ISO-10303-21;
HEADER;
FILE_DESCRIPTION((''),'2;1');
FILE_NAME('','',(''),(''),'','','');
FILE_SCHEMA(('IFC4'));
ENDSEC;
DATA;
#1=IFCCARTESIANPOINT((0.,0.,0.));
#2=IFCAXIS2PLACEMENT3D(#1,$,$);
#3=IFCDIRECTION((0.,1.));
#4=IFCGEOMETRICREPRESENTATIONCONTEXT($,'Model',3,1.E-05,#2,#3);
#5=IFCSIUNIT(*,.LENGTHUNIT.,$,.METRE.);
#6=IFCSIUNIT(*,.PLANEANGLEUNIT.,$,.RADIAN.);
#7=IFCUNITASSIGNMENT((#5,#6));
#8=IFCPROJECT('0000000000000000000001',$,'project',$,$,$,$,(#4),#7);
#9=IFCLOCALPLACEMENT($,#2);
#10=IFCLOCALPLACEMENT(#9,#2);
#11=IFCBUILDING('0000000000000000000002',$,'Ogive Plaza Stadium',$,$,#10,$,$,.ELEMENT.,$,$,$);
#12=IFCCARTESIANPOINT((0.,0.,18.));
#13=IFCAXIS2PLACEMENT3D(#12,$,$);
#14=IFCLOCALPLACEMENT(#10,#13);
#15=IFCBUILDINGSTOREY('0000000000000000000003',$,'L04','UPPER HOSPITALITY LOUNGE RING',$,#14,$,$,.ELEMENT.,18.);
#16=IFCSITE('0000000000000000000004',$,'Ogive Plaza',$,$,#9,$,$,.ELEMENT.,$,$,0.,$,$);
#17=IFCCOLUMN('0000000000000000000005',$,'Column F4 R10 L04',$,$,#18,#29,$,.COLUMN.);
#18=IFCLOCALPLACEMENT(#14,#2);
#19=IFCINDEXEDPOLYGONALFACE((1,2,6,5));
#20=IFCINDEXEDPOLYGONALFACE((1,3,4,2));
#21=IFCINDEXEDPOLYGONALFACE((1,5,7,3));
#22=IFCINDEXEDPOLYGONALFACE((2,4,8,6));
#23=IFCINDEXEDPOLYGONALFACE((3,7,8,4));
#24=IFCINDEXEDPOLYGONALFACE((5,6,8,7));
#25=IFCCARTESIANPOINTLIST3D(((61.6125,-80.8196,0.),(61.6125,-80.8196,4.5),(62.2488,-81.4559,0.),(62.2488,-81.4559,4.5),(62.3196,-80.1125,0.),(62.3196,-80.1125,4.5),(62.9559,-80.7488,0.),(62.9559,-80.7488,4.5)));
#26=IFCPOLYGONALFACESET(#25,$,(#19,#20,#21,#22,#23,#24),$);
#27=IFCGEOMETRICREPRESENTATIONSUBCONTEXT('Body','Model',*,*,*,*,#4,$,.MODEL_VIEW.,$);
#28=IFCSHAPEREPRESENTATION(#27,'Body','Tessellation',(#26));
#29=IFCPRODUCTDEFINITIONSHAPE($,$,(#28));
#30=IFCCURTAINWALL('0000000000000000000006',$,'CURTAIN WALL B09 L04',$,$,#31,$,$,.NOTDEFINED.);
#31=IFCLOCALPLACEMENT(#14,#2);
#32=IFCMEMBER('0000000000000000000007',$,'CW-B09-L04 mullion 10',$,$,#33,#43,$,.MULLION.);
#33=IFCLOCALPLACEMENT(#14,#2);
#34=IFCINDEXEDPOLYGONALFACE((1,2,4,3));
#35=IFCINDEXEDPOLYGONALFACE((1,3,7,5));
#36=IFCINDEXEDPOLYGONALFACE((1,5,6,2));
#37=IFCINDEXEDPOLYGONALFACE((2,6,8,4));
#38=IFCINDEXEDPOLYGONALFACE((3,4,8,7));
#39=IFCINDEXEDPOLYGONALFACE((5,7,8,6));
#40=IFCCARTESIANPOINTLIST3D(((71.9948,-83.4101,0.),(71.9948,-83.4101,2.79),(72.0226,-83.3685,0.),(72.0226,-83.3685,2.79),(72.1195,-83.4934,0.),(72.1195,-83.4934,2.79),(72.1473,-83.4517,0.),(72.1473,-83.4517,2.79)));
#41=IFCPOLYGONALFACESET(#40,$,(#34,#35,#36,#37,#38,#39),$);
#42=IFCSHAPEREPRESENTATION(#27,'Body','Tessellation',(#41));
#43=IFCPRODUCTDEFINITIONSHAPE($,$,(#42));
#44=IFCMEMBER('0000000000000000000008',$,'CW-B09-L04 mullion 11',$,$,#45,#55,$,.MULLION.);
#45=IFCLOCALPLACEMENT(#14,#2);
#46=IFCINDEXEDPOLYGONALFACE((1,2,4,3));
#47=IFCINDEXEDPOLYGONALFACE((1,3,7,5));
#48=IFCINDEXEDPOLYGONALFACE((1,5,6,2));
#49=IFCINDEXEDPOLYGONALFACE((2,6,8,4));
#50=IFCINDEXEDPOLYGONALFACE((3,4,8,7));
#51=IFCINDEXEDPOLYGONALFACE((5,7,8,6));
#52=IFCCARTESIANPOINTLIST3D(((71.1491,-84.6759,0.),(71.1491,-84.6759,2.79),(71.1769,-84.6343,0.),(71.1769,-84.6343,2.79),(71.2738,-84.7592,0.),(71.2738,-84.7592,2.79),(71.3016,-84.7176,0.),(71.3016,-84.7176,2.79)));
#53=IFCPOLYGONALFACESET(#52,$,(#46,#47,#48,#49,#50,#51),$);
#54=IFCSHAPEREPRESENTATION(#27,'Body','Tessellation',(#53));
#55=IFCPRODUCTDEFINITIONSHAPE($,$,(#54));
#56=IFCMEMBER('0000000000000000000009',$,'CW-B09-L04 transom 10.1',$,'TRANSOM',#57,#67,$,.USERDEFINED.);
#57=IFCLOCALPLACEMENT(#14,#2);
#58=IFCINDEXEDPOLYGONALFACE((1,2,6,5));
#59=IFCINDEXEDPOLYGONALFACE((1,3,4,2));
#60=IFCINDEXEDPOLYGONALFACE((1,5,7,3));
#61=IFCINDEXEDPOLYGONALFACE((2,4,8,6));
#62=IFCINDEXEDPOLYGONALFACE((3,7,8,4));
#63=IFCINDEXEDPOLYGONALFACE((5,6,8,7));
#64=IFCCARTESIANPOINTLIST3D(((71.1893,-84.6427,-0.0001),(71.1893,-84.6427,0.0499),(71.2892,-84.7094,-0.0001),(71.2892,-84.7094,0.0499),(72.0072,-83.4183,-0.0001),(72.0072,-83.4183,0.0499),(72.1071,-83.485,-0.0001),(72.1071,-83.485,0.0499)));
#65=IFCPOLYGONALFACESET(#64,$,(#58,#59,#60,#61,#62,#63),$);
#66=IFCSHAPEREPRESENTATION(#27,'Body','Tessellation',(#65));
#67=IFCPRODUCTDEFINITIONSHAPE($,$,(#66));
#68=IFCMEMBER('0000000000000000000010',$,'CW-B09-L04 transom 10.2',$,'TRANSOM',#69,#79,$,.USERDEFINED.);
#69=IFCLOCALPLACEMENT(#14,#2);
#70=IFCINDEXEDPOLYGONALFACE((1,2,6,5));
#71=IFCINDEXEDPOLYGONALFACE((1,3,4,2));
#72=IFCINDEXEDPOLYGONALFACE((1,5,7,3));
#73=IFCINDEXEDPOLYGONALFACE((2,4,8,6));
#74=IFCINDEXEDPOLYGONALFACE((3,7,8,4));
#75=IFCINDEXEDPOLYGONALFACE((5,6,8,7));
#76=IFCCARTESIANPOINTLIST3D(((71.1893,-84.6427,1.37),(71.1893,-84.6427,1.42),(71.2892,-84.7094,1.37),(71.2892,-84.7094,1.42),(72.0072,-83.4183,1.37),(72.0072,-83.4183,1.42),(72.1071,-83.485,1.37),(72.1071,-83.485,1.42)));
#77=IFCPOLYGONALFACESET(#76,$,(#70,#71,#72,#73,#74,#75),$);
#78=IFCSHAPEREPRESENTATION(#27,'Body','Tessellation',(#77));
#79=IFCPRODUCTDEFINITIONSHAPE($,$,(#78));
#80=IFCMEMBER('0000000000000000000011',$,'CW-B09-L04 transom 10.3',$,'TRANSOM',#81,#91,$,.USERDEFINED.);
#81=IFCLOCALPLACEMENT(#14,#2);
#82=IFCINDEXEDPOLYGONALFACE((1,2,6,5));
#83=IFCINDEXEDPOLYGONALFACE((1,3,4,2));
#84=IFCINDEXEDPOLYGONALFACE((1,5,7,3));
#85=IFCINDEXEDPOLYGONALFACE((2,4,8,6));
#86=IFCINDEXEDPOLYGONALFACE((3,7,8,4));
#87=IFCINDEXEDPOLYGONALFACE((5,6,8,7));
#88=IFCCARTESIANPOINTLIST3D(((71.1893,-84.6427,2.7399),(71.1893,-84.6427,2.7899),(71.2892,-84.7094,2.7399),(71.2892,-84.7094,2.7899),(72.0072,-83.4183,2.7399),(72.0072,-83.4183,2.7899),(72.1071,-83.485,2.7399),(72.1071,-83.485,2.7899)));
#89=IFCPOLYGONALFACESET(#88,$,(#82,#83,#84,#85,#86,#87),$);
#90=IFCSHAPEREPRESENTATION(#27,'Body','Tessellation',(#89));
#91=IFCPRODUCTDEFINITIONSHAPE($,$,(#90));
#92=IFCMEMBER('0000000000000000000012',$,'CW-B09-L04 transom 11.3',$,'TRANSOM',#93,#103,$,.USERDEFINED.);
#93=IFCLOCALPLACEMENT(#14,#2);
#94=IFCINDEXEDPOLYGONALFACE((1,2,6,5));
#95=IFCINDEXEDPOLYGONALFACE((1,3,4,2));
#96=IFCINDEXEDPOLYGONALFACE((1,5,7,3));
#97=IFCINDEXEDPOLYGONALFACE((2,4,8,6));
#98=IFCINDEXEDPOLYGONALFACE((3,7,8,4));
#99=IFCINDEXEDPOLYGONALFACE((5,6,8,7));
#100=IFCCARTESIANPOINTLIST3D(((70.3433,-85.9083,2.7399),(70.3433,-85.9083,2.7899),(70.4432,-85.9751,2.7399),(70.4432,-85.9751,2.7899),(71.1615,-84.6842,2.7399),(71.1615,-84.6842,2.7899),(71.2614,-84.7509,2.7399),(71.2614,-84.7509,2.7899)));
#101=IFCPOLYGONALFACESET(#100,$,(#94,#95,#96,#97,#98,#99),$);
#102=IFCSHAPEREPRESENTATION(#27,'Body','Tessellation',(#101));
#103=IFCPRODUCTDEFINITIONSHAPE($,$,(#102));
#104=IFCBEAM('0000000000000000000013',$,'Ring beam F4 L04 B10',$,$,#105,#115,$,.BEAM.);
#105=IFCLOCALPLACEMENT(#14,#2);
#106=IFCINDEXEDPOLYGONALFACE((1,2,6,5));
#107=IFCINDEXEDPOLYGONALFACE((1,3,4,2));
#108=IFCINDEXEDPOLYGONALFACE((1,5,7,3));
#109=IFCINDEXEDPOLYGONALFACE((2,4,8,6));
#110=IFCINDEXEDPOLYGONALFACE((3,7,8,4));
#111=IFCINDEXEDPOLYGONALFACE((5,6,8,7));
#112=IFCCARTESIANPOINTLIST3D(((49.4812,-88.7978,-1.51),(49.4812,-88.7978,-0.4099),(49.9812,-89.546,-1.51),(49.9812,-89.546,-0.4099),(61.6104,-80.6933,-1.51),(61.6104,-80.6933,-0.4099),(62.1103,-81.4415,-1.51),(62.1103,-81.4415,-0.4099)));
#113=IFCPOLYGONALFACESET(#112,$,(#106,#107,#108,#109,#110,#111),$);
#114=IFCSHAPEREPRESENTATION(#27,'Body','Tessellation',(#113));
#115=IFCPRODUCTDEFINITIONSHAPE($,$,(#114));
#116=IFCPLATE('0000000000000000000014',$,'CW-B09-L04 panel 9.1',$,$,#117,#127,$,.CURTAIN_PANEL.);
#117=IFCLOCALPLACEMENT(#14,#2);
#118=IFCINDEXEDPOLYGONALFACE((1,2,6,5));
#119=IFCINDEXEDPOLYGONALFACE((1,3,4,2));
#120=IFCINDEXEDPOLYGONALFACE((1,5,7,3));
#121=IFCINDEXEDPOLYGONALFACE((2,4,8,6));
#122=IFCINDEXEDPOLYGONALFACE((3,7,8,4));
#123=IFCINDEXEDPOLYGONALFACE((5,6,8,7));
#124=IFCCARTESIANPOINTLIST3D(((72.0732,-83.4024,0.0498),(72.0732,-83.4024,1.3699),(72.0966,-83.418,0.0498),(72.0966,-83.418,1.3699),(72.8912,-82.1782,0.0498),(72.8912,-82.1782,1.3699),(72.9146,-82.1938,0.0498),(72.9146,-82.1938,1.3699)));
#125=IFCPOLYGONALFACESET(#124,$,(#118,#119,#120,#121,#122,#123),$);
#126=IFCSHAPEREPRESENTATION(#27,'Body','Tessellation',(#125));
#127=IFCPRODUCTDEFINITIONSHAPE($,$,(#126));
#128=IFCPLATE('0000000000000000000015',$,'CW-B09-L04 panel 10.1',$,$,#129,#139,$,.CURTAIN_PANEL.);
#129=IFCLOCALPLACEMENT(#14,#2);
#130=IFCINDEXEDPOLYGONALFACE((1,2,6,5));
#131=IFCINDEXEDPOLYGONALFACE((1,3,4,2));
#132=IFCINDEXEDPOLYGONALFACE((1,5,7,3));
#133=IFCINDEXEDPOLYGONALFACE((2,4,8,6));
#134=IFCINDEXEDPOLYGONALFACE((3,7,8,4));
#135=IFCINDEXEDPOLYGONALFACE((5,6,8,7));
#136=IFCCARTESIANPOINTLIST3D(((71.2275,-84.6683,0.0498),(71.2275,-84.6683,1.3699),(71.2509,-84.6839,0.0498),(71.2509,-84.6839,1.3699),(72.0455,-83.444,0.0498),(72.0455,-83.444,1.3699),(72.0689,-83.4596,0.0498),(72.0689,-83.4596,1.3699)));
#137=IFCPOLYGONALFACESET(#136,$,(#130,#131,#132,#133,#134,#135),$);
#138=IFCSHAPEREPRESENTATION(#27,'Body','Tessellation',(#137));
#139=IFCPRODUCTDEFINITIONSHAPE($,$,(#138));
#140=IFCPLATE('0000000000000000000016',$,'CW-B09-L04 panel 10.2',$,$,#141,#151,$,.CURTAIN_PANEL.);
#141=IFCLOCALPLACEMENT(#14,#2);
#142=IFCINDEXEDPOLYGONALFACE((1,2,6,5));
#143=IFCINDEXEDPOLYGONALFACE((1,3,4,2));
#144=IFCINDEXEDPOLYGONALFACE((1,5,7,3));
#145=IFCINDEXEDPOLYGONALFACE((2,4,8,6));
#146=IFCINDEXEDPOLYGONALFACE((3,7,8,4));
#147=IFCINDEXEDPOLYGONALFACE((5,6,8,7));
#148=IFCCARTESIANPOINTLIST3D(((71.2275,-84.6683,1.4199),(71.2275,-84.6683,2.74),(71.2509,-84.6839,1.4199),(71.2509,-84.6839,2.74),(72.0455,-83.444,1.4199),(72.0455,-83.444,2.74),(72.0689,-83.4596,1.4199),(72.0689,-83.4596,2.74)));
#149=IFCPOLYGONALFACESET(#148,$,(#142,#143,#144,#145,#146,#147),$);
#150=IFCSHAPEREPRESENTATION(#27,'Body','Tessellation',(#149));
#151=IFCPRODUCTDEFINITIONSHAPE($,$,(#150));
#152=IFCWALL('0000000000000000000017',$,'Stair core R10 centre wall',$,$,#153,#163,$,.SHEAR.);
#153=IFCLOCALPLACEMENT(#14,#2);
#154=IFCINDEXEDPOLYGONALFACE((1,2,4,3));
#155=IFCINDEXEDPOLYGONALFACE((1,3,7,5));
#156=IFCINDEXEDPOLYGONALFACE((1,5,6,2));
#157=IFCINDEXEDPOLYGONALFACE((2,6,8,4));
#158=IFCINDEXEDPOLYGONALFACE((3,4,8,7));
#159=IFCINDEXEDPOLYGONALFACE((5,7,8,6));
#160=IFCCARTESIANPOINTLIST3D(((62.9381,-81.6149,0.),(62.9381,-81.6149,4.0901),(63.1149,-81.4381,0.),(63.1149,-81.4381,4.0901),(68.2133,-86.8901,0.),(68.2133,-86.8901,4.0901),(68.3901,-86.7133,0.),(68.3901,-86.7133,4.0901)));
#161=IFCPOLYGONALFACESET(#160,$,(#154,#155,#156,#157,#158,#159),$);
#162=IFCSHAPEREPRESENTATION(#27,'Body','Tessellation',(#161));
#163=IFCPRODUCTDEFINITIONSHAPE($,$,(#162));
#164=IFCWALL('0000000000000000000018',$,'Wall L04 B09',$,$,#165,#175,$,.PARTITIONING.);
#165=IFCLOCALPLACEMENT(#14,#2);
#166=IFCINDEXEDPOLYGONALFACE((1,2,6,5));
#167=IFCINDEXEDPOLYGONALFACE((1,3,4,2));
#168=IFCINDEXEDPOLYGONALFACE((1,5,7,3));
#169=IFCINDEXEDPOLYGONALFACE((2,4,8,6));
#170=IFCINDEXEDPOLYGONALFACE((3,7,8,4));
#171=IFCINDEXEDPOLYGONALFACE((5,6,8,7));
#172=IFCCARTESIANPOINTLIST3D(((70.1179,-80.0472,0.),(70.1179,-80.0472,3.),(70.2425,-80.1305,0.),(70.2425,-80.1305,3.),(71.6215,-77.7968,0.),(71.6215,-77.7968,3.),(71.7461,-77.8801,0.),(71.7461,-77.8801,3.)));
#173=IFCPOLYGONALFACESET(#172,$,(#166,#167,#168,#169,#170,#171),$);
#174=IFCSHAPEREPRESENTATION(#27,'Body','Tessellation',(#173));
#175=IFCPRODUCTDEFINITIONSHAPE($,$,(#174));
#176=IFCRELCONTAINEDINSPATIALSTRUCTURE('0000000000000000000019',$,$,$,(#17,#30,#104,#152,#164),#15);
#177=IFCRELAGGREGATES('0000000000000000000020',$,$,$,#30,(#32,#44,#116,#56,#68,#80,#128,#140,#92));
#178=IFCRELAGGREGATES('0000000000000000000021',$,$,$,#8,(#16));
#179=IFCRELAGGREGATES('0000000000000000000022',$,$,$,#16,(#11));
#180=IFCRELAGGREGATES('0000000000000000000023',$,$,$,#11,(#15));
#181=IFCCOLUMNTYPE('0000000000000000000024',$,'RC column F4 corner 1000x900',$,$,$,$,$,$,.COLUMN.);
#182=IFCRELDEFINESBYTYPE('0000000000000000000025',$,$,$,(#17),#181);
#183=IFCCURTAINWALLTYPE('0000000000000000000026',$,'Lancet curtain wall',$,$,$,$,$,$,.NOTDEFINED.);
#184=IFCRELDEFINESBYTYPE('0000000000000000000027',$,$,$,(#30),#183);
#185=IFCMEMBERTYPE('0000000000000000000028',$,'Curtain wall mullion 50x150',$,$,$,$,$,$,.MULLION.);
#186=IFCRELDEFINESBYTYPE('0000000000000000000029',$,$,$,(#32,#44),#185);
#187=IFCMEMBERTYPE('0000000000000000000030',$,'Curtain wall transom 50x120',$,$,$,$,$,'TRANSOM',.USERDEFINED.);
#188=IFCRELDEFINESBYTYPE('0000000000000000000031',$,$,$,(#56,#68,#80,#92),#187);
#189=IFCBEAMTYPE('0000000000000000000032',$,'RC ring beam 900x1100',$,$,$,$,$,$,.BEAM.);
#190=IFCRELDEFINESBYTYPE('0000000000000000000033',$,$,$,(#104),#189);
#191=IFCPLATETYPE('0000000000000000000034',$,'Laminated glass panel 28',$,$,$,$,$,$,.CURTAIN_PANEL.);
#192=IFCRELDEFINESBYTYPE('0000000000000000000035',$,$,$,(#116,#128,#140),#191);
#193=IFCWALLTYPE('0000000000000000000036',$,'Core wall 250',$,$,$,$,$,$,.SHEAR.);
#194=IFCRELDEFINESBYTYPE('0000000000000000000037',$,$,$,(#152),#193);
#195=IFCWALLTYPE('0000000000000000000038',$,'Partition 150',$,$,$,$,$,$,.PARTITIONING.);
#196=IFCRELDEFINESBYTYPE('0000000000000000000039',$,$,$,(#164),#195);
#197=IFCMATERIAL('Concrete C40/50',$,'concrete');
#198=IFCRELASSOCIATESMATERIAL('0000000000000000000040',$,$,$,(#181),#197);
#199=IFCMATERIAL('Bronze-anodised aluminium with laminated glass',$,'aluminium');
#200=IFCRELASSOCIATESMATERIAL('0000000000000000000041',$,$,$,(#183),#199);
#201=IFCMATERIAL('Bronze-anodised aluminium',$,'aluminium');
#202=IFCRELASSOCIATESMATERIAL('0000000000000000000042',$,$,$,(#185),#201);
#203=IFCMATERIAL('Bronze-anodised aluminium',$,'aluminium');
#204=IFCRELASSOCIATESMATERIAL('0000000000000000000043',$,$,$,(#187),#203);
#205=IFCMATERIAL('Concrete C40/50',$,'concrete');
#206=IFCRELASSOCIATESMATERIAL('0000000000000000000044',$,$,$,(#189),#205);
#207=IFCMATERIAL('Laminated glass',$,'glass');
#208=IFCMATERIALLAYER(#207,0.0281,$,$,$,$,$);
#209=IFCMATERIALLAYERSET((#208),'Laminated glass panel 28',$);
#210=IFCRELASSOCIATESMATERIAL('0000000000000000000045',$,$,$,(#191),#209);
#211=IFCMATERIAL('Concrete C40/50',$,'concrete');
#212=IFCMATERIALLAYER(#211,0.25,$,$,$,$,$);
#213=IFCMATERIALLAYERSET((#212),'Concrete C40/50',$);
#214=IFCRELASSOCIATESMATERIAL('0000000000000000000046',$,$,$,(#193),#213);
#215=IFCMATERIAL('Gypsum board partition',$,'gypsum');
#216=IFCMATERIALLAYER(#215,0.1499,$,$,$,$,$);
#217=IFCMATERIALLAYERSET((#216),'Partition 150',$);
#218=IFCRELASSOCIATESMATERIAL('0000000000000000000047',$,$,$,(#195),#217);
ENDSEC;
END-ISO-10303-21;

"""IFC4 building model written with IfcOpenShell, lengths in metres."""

from ifc_helpers import new_model, si_unit, direction, frame, frame_2d, origin, origin_2d, place, context, subcontext, project, spatial, rectangle, extrude, material, layer, layer_set, material_profile, profile_set, type_object, element, aggregate, save


model = new_model("IFC4")

# Units and contexts
model_context = context("Model", 3, precision=1e-05, world=origin(), true_north=direction((0.0, 1.0)))
body_context = subcontext(model_context, "Body", "Model", "MODEL_VIEW")
ifc_project = project(units=[si_unit("LENGTHUNIT", "METRE"), si_unit("PLANEANGLEUNIT", "RADIAN")], contexts=[model_context])

# Site, building, storey
site_placement = place(None, origin())
site = spatial("IfcSite", under=ifc_project, at=site_placement, Name="Ogive Plaza", CompositionType="ELEMENT", RefElevation=0.0)
building_placement = place(site_placement, origin())
building = spatial("IfcBuilding", under=site, at=building_placement, Name="Ogive Plaza Stadium", CompositionType="ELEMENT")
storey_placement = place(building_placement, frame((0.0, 0.0, 18.0)))
storey = spatial("IfcBuildingStorey", under=building, at=storey_placement, Name="L04", Description="UPPER HOSPITALITY LOUNGE RING", CompositionType="ELEMENT", Elevation=18.0)

# Column
ifc_material_1 = material(Name="Concrete C40/50", Category="concrete")
ifc_material_profile_1 = material_profile(ifc_material_1, rectangle(XDim=1.0, YDim=0.8999, at=origin_2d()), Name="RC 1000x900")
ifc_profile_set_1 = profile_set([ifc_material_profile_1], Name="Concrete C40/50")
column_type = type_object("IfcColumnType", Name="RC column F4 corner 1000x900", PredefinedType="COLUMN", material=ifc_profile_set_1)
column_placement = place(storey_placement, frame((62.2842, -80.7842, 0.0), z_axis=(0.0, 0.0, 1.0), x_axis=(0.707107, 0.707107, 0.0)))
element("IfcColumn", 1, at=column_placement, inside=storey, type_object=column_type, Name="Column F4 R10 L04", PredefinedType="COLUMN", context=body_context, shape_type="SweptSolid", body=[
    extrude(rectangle(XDim=1.0, YDim=0.8999, at=origin_2d()), origin(), (0.0, 0.0, 1.0), 4.5),
])

# Curtain wall, members
ifc_material_2 = material(Name="Bronze-anodised aluminium with laminated glass", Category="aluminium")
curtain_wall_type = type_object("IfcCurtainWallType", Name="Lancet curtain wall", PredefinedType="NOTDEFINED", material=ifc_material_2)
curtain_wall_placement = place(storey_placement, origin())
curtain_wall = element("IfcCurtainWall", 2, at=curtain_wall_placement, inside=storey, type_object=curtain_wall_type, Name="CURTAIN WALL B09 L04", PredefinedType="NOTDEFINED")
ifc_material_3 = material(Name="Bronze-anodised aluminium", Category="aluminium")
ifc_material_profile_2 = material_profile(ifc_material_3, rectangle(XDim=0.1499, YDim=0.05, at=origin_2d()), Name="AL 150x50")
ifc_profile_set_2 = profile_set([ifc_material_profile_2], Name="Bronze-anodised aluminium")
member_type_1 = type_object("IfcMemberType", Name="Curtain wall mullion 50x150", PredefinedType="MULLION", material=ifc_profile_set_2)
member_1_placement = place(storey_placement, frame((72.071, -83.4309, 0.0), z_axis=(0.0, 0.0, 1.0), x_axis=(0.83147, -0.55557, 0.0)))
member_1 = element("IfcMember", 3, at=member_1_placement, type_object=member_type_1, Name="CW-B09-L04 mullion 10", PredefinedType="MULLION", context=body_context, shape_type="SweptSolid", body=[
    extrude(rectangle(XDim=0.1499, YDim=0.05, at=origin_2d()), origin(), (0.0, 0.0, 1.0), 2.79),
])
member_2_placement = place(storey_placement, frame((71.2253, -84.6968, 0.0), z_axis=(0.0, 0.0, 1.0), x_axis=(0.83147, -0.55557, 0.0)))
member_2 = element("IfcMember", 4, at=member_2_placement, type_object=member_type_1, Name="CW-B09-L04 mullion 11", PredefinedType="MULLION", context=body_context, shape_type="SweptSolid", body=[
    extrude(rectangle(XDim=0.1499, YDim=0.05, at=origin_2d()), origin(), (0.0, 0.0, 1.0), 2.79),
])
ifc_material_4 = material(Name="Bronze-anodised aluminium", Category="aluminium")
ifc_material_profile_3 = material_profile(ifc_material_4, rectangle(XDim=0.1201, YDim=0.05, at=origin_2d()), Name="AL 120x50")
ifc_profile_set_3 = profile_set([ifc_material_profile_3], Name="Bronze-anodised aluminium")
member_type_2 = type_object("IfcMemberType", Name="Curtain wall transom 50x120", ElementType="TRANSOM", PredefinedType="USERDEFINED", material=ifc_profile_set_3)
member_3_placement = place(storey_placement, frame((72.0571, -83.4517, 0.0249), z_axis=(-0.555465, -0.83154, 0.0), x_axis=(0.83154, -0.555465, 0.0)))
member_3 = element("IfcMember", 5, at=member_3_placement, type_object=member_type_2, Name="CW-B09-L04 transom 10.1", ObjectType="TRANSOM", PredefinedType="USERDEFINED", context=body_context, shape_type="SweptSolid", body=[
    extrude(rectangle(XDim=0.1201, YDim=0.05, at=origin_2d()), origin(), (0.0, 0.0, 1.0), 1.4724),
])
member_4_placement = place(storey_placement, frame((72.0571, -83.4517, 1.395), z_axis=(-0.555465, -0.83154, 0.0), x_axis=(0.83154, -0.555465, 0.0)))
member_4 = element("IfcMember", 6, at=member_4_placement, type_object=member_type_2, Name="CW-B09-L04 transom 10.2", ObjectType="TRANSOM", PredefinedType="USERDEFINED", context=body_context, shape_type="SweptSolid", body=[
    extrude(rectangle(XDim=0.1201, YDim=0.05, at=origin_2d()), origin(), (0.0, 0.0, 1.0), 1.4724),
])
member_5_placement = place(storey_placement, frame((72.0571, -83.4517, 2.7649), z_axis=(-0.555465, -0.83154, 0.0), x_axis=(0.83154, -0.555465, 0.0)))
member_5 = element("IfcMember", 7, at=member_5_placement, type_object=member_type_2, Name="CW-B09-L04 transom 10.3", ObjectType="TRANSOM", PredefinedType="USERDEFINED", context=body_context, shape_type="SweptSolid", body=[
    extrude(rectangle(XDim=0.1201, YDim=0.05, at=origin_2d()), origin(), (0.0, 0.0, 1.0), 1.4724),
])
member_6_placement = place(storey_placement, frame((71.2114, -84.7175, 2.7649), z_axis=(-0.555656, -0.831412, 0.0), x_axis=(0.831412, -0.555656, 0.0)))
member_6 = element("IfcMember", 8, at=member_6_placement, type_object=member_type_2, Name="CW-B09-L04 transom 11.3", ObjectType="TRANSOM", PredefinedType="USERDEFINED", context=body_context, shape_type="SweptSolid", body=[
    extrude(rectangle(XDim=0.1201, YDim=0.05, at=origin_2d()), origin(), (0.0, 0.0, 1.0), 1.4724),
])

# Beam
ifc_material_5 = material(Name="Concrete C40/50", Category="concrete")
ifc_material_profile_4 = material_profile(ifc_material_5, rectangle(XDim=0.8999, YDim=1.1001, at=origin_2d()), Name="RC 900x1100")
ifc_profile_set_4 = profile_set([ifc_material_profile_4], Name="Concrete C40/50")
beam_type = type_object("IfcBeamType", Name="RC ring beam 900x1100", PredefinedType="BEAM", material=ifc_profile_set_4)
beam_placement = place(storey_placement, frame((61.8604, -81.0674, -0.96), z_axis=(-0.831468, -0.555573, 0.0), x_axis=(0.555573, -0.831468, 0.0)))
element("IfcBeam", 9, at=beam_placement, inside=storey, type_object=beam_type, Name="Ring beam F4 L04 B10", PredefinedType="BEAM", context=body_context, shape_type="SweptSolid", body=[
    extrude(rectangle(XDim=0.8999, YDim=1.1001, at=origin_2d()), origin(), (0.0, 0.0, 1.0), 14.5876),
])

# Plates
ifc_material_6 = material(Name="Laminated glass", Category="glass")
ifc_layer_1 = layer(ifc_material_6, 0.0281)
ifc_layer_set_1 = layer_set([ifc_layer_1], Name="Laminated glass panel 28")
plate_type = type_object("IfcPlateType", Name="Laminated glass panel 28", PredefinedType="CURTAIN_PANEL", material=ifc_layer_set_1)
plate_1_placement = place(storey_placement, frame((72.4939, -82.7981, 0.0498), z_axis=(0.0, 0.0, 1.0), x_axis=(-0.55557, -0.83147, 0.0)))
plate_1 = element("IfcPlate", 10, at=plate_1_placement, type_object=plate_type, Name="CW-B09-L04 panel 9.1", PredefinedType="CURTAIN_PANEL", context=body_context, shape_type="SweptSolid", body=[
    extrude(rectangle(XDim=1.4724, YDim=0.0281, at=origin_2d()), origin(), (0.0, 0.0, 1.0), 1.3201),
])
plate_2_placement = place(storey_placement, frame((71.6482, -84.064, 0.0498), z_axis=(0.0, 0.0, 1.0), x_axis=(-0.55557, -0.83147, 0.0)))
plate_2 = element("IfcPlate", 11, at=plate_2_placement, type_object=plate_type, Name="CW-B09-L04 panel 10.1", PredefinedType="CURTAIN_PANEL", context=body_context, shape_type="SweptSolid", body=[
    extrude(rectangle(XDim=1.4724, YDim=0.0281, at=origin_2d()), origin(), (0.0, 0.0, 1.0), 1.3201),
])
plate_3_placement = place(storey_placement, frame((71.6482, -84.064, 1.4199), z_axis=(0.0, 0.0, 1.0), x_axis=(-0.55557, -0.83147, 0.0)))
plate_3 = element("IfcPlate", 12, at=plate_3_placement, type_object=plate_type, Name="CW-B09-L04 panel 10.2", PredefinedType="CURTAIN_PANEL", context=body_context, shape_type="SweptSolid", body=[
    extrude(rectangle(XDim=1.4724, YDim=0.0281, at=origin_2d()), origin(), (0.0, 0.0, 1.0), 1.3201),
])
aggregate(curtain_wall, [member_1, member_2, plate_1, member_3, member_4, member_5, plate_2, plate_3, member_6])

# Walls
ifc_material_7 = material(Name="Concrete C40/50", Category="concrete")
ifc_layer_2 = layer(ifc_material_7, 0.25)
ifc_layer_set_2 = layer_set([ifc_layer_2], Name="Concrete C40/50")
wall_type_1 = type_object("IfcWallType", Name="Core wall 250", PredefinedType="SHEAR", material=ifc_layer_set_2)
wall_1_placement = place(storey_placement, frame((63.0266, -81.5266, 0.0), z_axis=(0.0, 0.0, 1.0), x_axis=(0.707107, -0.707107, 0.0)))
element("IfcWall", 13, at=wall_1_placement, inside=storey, type_object=wall_type_1, Name="Stair core R10 centre wall", PredefinedType="SHEAR", context=body_context, shape_type="SweptSolid", body=[
    extrude(rectangle(XDim=7.4602, YDim=0.25, at=frame_2d((3.73, 0.0))), origin(), (0.0, 0.0, 1.0), 4.0901),
])
ifc_material_8 = material(Name="Gypsum board partition", Category="gypsum")
ifc_layer_3 = layer(ifc_material_8, 0.1499)
ifc_layer_set_3 = layer_set([ifc_layer_3], Name="Partition 150")
wall_type_2 = type_object("IfcWallType", Name="Partition 150", PredefinedType="PARTITIONING", material=ifc_layer_set_3)
wall_2_placement = place(storey_placement, frame((70.1802, -80.0889, 0.0), z_axis=(0.0, 0.0, 1.0), x_axis=(0.555553, 0.831481, 0.0)))
element("IfcWall", 14, at=wall_2_placement, inside=storey, type_object=wall_type_2, Name="Wall L04 B09", PredefinedType="PARTITIONING", context=body_context, shape_type="SweptSolid", body=[
    extrude(rectangle(XDim=2.7065, YDim=0.1499, at=frame_2d((1.3533, 0.0))), origin(), (0.0, 0.0, 1.0), 3.0),
])

save(model, "model.ifc")
